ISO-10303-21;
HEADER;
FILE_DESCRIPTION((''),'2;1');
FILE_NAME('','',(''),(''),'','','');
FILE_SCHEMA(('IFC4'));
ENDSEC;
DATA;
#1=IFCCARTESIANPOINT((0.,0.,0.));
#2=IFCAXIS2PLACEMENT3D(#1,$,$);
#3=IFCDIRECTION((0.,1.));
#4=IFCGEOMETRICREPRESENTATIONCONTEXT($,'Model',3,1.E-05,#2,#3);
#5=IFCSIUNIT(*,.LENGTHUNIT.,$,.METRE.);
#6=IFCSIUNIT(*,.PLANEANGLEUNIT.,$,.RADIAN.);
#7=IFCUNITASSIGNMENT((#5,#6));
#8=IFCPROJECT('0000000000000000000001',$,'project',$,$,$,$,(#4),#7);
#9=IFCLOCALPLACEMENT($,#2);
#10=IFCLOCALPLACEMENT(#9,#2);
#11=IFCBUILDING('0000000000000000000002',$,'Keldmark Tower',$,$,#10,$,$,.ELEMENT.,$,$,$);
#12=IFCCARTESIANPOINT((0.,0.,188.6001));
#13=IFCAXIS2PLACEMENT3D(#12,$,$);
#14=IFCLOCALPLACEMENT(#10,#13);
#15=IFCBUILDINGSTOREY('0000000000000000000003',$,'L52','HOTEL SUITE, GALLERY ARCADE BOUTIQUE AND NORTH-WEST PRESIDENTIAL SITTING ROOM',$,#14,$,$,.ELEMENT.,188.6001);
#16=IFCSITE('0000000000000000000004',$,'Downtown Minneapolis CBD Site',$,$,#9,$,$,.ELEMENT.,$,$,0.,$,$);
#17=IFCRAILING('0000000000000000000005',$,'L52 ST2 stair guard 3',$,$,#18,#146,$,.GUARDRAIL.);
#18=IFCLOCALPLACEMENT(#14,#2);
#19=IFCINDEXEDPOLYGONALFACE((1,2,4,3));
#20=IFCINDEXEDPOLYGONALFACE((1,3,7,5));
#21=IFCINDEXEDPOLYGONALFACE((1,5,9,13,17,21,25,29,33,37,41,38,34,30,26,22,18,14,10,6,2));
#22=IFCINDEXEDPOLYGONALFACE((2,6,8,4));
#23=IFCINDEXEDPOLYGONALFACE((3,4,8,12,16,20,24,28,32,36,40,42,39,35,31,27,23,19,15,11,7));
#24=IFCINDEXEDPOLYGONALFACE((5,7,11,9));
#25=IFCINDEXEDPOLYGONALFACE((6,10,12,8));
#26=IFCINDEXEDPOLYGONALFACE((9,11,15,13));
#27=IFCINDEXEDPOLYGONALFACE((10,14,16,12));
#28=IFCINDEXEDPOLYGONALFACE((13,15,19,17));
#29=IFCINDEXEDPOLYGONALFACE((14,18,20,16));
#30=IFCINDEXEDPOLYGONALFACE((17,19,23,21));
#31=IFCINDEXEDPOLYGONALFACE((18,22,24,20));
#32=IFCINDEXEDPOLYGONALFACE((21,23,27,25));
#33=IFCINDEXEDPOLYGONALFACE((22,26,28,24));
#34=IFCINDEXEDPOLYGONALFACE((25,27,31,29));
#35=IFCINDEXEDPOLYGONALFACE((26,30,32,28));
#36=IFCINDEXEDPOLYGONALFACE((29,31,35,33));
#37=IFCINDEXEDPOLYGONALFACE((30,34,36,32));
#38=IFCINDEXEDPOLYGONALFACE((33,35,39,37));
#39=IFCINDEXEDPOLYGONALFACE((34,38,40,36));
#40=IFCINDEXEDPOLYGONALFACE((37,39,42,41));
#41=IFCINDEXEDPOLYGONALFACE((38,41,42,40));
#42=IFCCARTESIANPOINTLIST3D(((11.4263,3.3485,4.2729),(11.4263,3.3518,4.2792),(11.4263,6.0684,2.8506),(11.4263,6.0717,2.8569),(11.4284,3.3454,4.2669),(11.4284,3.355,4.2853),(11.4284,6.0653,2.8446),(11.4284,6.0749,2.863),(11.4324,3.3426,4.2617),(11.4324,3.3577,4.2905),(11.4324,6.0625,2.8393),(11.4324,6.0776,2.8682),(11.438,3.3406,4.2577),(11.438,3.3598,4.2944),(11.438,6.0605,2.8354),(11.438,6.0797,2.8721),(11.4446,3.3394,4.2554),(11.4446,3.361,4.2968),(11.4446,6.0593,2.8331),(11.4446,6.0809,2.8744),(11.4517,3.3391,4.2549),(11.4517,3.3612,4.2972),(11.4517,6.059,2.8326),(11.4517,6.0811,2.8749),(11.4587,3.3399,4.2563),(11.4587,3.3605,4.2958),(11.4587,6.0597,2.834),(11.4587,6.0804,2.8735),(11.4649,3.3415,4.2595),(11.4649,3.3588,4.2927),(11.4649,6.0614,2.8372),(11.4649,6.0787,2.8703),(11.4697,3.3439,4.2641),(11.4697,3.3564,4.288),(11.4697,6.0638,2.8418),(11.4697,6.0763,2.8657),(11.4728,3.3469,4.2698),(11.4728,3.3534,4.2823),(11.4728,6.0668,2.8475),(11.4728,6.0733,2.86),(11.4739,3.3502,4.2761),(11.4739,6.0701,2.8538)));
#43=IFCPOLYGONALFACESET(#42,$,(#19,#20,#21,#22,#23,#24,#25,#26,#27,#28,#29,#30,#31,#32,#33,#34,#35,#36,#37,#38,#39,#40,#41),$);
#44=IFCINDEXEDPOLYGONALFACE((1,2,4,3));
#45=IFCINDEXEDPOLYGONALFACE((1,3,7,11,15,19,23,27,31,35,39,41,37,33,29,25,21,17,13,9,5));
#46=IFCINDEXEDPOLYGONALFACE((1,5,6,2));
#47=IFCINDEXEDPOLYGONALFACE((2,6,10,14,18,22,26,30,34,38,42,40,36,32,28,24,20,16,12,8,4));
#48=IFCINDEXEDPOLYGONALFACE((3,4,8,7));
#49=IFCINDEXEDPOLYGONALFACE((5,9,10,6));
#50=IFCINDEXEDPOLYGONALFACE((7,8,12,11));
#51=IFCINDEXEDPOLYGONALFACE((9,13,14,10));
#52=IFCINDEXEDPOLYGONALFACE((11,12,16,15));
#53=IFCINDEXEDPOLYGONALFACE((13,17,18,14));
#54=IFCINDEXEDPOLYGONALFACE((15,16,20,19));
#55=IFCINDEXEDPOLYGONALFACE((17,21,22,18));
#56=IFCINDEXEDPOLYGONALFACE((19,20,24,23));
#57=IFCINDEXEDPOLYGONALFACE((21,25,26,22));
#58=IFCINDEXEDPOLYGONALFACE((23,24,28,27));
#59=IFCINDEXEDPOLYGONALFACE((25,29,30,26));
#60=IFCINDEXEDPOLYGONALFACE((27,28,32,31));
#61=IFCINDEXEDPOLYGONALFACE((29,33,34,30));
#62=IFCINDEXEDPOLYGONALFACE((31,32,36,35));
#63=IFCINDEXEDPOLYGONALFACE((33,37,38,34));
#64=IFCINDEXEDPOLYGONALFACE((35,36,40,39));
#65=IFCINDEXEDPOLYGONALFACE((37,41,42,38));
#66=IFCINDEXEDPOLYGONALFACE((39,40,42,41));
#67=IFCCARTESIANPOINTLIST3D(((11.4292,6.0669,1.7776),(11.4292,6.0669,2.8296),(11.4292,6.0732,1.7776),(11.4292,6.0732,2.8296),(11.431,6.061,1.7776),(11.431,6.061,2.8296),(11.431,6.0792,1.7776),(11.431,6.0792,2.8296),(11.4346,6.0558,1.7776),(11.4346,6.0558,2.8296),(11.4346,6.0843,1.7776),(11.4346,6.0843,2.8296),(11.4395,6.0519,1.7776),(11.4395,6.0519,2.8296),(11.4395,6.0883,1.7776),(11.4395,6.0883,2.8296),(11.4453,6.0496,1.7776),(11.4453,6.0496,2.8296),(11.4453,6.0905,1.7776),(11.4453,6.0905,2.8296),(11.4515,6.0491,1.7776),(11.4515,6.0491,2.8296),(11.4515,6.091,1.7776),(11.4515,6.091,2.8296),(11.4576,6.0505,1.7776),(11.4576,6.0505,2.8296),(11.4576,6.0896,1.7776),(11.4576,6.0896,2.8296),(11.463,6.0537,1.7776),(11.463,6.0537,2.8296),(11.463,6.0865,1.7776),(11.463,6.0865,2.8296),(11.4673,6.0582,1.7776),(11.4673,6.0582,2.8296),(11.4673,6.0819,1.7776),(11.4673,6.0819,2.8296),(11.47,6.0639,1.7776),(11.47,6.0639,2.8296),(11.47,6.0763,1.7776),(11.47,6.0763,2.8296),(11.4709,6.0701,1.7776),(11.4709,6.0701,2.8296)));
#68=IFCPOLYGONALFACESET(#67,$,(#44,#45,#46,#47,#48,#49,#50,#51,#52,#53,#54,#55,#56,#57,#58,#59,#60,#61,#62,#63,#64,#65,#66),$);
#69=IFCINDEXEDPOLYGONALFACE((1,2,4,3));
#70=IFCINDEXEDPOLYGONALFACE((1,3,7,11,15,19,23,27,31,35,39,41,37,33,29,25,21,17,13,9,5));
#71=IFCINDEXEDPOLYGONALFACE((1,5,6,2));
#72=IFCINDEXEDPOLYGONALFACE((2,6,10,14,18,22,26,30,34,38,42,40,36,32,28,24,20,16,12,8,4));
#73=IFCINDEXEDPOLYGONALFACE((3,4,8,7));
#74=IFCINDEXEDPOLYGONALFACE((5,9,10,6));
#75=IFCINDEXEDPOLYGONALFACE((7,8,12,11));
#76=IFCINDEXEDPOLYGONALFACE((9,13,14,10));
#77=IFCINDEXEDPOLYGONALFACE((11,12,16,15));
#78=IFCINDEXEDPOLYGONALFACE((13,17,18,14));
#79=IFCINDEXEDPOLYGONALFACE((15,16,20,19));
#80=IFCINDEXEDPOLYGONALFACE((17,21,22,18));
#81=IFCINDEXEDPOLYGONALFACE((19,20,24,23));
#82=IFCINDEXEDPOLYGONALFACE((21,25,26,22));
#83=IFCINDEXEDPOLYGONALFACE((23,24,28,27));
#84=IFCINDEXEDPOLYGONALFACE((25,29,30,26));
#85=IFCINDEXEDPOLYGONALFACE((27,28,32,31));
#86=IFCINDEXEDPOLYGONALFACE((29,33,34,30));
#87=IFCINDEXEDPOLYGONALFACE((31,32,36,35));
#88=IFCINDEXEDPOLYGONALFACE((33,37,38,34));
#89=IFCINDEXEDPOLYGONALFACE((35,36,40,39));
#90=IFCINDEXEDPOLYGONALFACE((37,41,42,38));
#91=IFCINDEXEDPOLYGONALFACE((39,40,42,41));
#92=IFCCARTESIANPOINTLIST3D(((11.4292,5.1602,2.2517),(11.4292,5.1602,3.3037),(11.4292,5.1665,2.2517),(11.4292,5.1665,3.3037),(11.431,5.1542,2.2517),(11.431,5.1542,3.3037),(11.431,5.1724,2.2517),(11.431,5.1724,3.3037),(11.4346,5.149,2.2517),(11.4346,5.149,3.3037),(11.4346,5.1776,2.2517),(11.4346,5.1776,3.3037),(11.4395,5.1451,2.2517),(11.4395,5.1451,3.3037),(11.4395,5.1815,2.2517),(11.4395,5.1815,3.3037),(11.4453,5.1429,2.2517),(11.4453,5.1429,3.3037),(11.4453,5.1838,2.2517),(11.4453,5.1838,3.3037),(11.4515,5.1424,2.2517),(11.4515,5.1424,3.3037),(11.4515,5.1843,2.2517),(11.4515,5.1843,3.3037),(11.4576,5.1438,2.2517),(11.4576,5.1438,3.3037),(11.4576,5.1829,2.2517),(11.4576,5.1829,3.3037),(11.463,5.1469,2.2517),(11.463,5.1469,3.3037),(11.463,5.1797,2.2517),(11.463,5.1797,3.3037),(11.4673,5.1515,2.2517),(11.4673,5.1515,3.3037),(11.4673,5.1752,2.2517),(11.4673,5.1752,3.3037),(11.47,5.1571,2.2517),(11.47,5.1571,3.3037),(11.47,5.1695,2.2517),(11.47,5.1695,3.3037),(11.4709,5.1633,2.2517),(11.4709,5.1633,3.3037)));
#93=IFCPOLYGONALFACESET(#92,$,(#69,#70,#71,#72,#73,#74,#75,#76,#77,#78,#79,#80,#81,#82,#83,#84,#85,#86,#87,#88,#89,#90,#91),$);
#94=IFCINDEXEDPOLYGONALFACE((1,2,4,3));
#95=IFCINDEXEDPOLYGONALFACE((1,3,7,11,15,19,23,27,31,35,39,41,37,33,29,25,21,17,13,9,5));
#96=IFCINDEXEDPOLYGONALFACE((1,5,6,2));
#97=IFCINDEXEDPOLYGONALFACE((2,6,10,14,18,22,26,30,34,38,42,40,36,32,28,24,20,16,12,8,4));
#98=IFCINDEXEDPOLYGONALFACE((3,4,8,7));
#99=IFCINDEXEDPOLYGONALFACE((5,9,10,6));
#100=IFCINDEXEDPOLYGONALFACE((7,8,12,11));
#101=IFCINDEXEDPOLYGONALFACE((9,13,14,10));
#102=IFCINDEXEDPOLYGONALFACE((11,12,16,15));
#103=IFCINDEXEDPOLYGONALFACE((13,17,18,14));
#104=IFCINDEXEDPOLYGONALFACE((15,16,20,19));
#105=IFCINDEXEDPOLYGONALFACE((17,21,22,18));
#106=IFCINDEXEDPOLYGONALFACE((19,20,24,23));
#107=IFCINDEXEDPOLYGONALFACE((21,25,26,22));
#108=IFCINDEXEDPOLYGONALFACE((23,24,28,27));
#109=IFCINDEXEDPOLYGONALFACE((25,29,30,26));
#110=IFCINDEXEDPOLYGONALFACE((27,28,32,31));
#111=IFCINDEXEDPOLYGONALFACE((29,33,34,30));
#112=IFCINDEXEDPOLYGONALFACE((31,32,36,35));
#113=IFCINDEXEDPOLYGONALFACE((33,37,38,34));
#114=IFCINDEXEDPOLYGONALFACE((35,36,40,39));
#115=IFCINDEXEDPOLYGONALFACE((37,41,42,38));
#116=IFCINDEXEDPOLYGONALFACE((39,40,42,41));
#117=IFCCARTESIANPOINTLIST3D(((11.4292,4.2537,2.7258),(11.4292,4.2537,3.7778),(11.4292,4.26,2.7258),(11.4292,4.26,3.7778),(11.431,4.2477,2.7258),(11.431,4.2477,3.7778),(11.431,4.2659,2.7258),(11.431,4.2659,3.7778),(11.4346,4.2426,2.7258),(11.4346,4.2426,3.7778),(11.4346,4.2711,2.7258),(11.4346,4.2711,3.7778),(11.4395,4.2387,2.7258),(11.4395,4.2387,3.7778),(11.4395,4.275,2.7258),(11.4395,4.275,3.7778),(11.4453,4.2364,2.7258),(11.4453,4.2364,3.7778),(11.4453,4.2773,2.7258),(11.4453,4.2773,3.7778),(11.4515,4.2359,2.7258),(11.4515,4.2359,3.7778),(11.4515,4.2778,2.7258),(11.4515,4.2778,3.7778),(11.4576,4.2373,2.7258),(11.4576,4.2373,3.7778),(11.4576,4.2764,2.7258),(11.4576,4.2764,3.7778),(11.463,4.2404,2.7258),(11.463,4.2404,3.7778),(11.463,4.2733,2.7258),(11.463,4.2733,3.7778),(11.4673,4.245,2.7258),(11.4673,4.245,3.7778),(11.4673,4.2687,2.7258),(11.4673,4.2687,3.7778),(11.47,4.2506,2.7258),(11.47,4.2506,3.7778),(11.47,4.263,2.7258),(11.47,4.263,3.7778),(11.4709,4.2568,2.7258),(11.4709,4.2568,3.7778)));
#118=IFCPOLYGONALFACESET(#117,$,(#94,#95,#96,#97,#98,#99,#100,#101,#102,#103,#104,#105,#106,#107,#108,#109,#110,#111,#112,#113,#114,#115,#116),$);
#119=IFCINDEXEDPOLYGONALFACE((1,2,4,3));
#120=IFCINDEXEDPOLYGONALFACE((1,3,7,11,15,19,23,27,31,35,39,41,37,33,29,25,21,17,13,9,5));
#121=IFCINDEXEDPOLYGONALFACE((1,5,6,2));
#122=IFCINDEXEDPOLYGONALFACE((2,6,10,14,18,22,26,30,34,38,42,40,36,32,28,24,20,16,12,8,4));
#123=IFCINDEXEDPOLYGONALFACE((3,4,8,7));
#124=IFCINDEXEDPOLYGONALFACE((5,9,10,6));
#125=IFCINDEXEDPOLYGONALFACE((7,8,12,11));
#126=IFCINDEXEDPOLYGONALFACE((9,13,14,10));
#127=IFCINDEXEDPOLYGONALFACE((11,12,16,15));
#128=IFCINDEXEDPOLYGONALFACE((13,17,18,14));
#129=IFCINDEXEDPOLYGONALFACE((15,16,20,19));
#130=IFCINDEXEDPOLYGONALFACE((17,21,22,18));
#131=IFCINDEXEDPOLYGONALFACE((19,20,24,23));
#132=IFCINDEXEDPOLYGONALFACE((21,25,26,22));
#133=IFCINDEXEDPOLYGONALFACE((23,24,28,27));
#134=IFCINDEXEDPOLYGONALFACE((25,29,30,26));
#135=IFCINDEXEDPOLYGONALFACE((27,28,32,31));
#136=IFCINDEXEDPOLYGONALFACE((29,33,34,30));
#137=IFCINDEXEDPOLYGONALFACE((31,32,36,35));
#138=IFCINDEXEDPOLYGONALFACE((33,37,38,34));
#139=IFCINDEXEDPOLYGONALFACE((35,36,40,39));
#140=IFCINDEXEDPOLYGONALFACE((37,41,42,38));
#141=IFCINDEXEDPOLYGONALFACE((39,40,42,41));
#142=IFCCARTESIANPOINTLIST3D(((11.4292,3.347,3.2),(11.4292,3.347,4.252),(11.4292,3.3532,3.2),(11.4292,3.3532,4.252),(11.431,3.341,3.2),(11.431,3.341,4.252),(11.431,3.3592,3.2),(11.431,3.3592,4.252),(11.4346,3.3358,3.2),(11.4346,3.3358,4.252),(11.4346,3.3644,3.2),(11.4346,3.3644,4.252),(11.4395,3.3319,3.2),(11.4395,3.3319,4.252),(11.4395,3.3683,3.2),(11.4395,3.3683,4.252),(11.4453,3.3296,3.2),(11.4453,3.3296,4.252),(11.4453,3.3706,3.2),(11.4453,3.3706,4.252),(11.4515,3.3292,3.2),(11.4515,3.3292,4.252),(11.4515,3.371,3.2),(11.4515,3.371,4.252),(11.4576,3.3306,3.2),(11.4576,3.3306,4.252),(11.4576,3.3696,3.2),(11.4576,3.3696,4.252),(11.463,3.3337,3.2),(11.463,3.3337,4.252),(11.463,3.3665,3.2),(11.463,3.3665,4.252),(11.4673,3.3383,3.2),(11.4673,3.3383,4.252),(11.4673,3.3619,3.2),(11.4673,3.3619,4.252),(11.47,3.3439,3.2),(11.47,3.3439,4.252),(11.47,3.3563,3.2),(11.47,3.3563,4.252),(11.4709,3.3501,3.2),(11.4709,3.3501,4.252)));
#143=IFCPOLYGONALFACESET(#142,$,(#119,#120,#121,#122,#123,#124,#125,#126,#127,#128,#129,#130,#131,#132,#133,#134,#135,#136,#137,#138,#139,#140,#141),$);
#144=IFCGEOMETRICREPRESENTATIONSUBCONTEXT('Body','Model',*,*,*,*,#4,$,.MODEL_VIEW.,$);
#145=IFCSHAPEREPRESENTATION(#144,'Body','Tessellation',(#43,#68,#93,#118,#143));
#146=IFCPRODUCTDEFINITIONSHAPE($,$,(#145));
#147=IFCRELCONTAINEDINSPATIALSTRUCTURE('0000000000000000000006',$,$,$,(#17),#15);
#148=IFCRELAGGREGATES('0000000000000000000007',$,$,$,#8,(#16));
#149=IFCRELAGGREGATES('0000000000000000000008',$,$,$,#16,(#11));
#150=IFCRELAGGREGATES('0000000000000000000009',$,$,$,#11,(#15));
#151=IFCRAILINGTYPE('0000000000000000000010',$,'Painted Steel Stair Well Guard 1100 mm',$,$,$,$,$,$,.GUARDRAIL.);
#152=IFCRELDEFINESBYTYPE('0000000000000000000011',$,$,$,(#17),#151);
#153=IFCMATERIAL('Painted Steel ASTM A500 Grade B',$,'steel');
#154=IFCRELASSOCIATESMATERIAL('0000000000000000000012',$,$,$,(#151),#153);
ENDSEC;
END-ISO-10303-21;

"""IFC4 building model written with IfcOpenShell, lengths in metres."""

from ifc_helpers import new_model, si_unit, direction, frame, origin, origin_2d, place, context, subcontext, project, spatial, circle, extrude, material, type_object, element, save


model = new_model("IFC4")

# Units and contexts
model_context = context("Model", 3, precision=1e-05, world=origin(), true_north=direction((0.0, 1.0)))
body_context = subcontext(model_context, "Body", "Model", "MODEL_VIEW")
ifc_project = project(units=[si_unit("LENGTHUNIT", "METRE"), si_unit("PLANEANGLEUNIT", "RADIAN")], contexts=[model_context])

# Site, building, storey
site_placement = place(None, origin())
site = spatial("IfcSite", under=ifc_project, at=site_placement, Name="Downtown Minneapolis CBD Site", CompositionType="ELEMENT", RefElevation=0.0)
building_placement = place(site_placement, origin())
building = spatial("IfcBuilding", under=site, at=building_placement, Name="Keldmark Tower", CompositionType="ELEMENT")
storey_placement = place(building_placement, frame((0.0, 0.0, 188.6001)))
storey = spatial("IfcBuildingStorey", under=building, at=storey_placement, Name="L52", Description="HOTEL SUITE, GALLERY ARCADE BOUTIQUE AND NORTH-WEST PRESIDENTIAL SITTING ROOM", CompositionType="ELEMENT", Elevation=188.6001)

# Railing
ifc_material_1 = material(Name="Painted Steel ASTM A500 Grade B", Category="steel")
railing_type_1 = type_object("IfcRailingType", Name="Painted Steel Stair Well Guard 1100 mm", PredefinedType="GUARDRAIL", material=ifc_material_1)
railing_1_placement = place(storey_placement, frame((11.45, 6.0701, 1.7776)))
element("IfcRailing", 1, at=railing_1_placement, inside=storey, type_object=railing_type_1, Name="L52 ST2 stair guard 3", PredefinedType="GUARDRAIL", context=body_context, shape_type="SweptSolid", body=[
    extrude(circle(Radius=0.0239, at=origin_2d()), frame((0.0, 0.0, 1.0762), z_axis=(0.0, -0.88615, 0.463398), x_axis=(1.0, 0.0, 0.0)), (0.0, 0.0, 1.0), 3.0693),
    extrude(circle(Radius=0.021, at=origin_2d()), origin(), (0.0, 0.0, 1.0), 1.052),
    extrude(circle(Radius=0.021, at=origin_2d()), frame((0.0, -0.9067, 0.4741)), (0.0, 0.0, 1.0), 1.052),
    extrude(circle(Radius=0.021, at=origin_2d()), frame((0.0, -1.8132, 0.9482)), (0.0, 0.0, 1.0), 1.052),
    extrude(circle(Radius=0.021, at=origin_2d()), frame((0.0, -2.72, 1.4224)), (0.0, 0.0, 1.0), 1.052),
])

save(model, "model.ifc")
